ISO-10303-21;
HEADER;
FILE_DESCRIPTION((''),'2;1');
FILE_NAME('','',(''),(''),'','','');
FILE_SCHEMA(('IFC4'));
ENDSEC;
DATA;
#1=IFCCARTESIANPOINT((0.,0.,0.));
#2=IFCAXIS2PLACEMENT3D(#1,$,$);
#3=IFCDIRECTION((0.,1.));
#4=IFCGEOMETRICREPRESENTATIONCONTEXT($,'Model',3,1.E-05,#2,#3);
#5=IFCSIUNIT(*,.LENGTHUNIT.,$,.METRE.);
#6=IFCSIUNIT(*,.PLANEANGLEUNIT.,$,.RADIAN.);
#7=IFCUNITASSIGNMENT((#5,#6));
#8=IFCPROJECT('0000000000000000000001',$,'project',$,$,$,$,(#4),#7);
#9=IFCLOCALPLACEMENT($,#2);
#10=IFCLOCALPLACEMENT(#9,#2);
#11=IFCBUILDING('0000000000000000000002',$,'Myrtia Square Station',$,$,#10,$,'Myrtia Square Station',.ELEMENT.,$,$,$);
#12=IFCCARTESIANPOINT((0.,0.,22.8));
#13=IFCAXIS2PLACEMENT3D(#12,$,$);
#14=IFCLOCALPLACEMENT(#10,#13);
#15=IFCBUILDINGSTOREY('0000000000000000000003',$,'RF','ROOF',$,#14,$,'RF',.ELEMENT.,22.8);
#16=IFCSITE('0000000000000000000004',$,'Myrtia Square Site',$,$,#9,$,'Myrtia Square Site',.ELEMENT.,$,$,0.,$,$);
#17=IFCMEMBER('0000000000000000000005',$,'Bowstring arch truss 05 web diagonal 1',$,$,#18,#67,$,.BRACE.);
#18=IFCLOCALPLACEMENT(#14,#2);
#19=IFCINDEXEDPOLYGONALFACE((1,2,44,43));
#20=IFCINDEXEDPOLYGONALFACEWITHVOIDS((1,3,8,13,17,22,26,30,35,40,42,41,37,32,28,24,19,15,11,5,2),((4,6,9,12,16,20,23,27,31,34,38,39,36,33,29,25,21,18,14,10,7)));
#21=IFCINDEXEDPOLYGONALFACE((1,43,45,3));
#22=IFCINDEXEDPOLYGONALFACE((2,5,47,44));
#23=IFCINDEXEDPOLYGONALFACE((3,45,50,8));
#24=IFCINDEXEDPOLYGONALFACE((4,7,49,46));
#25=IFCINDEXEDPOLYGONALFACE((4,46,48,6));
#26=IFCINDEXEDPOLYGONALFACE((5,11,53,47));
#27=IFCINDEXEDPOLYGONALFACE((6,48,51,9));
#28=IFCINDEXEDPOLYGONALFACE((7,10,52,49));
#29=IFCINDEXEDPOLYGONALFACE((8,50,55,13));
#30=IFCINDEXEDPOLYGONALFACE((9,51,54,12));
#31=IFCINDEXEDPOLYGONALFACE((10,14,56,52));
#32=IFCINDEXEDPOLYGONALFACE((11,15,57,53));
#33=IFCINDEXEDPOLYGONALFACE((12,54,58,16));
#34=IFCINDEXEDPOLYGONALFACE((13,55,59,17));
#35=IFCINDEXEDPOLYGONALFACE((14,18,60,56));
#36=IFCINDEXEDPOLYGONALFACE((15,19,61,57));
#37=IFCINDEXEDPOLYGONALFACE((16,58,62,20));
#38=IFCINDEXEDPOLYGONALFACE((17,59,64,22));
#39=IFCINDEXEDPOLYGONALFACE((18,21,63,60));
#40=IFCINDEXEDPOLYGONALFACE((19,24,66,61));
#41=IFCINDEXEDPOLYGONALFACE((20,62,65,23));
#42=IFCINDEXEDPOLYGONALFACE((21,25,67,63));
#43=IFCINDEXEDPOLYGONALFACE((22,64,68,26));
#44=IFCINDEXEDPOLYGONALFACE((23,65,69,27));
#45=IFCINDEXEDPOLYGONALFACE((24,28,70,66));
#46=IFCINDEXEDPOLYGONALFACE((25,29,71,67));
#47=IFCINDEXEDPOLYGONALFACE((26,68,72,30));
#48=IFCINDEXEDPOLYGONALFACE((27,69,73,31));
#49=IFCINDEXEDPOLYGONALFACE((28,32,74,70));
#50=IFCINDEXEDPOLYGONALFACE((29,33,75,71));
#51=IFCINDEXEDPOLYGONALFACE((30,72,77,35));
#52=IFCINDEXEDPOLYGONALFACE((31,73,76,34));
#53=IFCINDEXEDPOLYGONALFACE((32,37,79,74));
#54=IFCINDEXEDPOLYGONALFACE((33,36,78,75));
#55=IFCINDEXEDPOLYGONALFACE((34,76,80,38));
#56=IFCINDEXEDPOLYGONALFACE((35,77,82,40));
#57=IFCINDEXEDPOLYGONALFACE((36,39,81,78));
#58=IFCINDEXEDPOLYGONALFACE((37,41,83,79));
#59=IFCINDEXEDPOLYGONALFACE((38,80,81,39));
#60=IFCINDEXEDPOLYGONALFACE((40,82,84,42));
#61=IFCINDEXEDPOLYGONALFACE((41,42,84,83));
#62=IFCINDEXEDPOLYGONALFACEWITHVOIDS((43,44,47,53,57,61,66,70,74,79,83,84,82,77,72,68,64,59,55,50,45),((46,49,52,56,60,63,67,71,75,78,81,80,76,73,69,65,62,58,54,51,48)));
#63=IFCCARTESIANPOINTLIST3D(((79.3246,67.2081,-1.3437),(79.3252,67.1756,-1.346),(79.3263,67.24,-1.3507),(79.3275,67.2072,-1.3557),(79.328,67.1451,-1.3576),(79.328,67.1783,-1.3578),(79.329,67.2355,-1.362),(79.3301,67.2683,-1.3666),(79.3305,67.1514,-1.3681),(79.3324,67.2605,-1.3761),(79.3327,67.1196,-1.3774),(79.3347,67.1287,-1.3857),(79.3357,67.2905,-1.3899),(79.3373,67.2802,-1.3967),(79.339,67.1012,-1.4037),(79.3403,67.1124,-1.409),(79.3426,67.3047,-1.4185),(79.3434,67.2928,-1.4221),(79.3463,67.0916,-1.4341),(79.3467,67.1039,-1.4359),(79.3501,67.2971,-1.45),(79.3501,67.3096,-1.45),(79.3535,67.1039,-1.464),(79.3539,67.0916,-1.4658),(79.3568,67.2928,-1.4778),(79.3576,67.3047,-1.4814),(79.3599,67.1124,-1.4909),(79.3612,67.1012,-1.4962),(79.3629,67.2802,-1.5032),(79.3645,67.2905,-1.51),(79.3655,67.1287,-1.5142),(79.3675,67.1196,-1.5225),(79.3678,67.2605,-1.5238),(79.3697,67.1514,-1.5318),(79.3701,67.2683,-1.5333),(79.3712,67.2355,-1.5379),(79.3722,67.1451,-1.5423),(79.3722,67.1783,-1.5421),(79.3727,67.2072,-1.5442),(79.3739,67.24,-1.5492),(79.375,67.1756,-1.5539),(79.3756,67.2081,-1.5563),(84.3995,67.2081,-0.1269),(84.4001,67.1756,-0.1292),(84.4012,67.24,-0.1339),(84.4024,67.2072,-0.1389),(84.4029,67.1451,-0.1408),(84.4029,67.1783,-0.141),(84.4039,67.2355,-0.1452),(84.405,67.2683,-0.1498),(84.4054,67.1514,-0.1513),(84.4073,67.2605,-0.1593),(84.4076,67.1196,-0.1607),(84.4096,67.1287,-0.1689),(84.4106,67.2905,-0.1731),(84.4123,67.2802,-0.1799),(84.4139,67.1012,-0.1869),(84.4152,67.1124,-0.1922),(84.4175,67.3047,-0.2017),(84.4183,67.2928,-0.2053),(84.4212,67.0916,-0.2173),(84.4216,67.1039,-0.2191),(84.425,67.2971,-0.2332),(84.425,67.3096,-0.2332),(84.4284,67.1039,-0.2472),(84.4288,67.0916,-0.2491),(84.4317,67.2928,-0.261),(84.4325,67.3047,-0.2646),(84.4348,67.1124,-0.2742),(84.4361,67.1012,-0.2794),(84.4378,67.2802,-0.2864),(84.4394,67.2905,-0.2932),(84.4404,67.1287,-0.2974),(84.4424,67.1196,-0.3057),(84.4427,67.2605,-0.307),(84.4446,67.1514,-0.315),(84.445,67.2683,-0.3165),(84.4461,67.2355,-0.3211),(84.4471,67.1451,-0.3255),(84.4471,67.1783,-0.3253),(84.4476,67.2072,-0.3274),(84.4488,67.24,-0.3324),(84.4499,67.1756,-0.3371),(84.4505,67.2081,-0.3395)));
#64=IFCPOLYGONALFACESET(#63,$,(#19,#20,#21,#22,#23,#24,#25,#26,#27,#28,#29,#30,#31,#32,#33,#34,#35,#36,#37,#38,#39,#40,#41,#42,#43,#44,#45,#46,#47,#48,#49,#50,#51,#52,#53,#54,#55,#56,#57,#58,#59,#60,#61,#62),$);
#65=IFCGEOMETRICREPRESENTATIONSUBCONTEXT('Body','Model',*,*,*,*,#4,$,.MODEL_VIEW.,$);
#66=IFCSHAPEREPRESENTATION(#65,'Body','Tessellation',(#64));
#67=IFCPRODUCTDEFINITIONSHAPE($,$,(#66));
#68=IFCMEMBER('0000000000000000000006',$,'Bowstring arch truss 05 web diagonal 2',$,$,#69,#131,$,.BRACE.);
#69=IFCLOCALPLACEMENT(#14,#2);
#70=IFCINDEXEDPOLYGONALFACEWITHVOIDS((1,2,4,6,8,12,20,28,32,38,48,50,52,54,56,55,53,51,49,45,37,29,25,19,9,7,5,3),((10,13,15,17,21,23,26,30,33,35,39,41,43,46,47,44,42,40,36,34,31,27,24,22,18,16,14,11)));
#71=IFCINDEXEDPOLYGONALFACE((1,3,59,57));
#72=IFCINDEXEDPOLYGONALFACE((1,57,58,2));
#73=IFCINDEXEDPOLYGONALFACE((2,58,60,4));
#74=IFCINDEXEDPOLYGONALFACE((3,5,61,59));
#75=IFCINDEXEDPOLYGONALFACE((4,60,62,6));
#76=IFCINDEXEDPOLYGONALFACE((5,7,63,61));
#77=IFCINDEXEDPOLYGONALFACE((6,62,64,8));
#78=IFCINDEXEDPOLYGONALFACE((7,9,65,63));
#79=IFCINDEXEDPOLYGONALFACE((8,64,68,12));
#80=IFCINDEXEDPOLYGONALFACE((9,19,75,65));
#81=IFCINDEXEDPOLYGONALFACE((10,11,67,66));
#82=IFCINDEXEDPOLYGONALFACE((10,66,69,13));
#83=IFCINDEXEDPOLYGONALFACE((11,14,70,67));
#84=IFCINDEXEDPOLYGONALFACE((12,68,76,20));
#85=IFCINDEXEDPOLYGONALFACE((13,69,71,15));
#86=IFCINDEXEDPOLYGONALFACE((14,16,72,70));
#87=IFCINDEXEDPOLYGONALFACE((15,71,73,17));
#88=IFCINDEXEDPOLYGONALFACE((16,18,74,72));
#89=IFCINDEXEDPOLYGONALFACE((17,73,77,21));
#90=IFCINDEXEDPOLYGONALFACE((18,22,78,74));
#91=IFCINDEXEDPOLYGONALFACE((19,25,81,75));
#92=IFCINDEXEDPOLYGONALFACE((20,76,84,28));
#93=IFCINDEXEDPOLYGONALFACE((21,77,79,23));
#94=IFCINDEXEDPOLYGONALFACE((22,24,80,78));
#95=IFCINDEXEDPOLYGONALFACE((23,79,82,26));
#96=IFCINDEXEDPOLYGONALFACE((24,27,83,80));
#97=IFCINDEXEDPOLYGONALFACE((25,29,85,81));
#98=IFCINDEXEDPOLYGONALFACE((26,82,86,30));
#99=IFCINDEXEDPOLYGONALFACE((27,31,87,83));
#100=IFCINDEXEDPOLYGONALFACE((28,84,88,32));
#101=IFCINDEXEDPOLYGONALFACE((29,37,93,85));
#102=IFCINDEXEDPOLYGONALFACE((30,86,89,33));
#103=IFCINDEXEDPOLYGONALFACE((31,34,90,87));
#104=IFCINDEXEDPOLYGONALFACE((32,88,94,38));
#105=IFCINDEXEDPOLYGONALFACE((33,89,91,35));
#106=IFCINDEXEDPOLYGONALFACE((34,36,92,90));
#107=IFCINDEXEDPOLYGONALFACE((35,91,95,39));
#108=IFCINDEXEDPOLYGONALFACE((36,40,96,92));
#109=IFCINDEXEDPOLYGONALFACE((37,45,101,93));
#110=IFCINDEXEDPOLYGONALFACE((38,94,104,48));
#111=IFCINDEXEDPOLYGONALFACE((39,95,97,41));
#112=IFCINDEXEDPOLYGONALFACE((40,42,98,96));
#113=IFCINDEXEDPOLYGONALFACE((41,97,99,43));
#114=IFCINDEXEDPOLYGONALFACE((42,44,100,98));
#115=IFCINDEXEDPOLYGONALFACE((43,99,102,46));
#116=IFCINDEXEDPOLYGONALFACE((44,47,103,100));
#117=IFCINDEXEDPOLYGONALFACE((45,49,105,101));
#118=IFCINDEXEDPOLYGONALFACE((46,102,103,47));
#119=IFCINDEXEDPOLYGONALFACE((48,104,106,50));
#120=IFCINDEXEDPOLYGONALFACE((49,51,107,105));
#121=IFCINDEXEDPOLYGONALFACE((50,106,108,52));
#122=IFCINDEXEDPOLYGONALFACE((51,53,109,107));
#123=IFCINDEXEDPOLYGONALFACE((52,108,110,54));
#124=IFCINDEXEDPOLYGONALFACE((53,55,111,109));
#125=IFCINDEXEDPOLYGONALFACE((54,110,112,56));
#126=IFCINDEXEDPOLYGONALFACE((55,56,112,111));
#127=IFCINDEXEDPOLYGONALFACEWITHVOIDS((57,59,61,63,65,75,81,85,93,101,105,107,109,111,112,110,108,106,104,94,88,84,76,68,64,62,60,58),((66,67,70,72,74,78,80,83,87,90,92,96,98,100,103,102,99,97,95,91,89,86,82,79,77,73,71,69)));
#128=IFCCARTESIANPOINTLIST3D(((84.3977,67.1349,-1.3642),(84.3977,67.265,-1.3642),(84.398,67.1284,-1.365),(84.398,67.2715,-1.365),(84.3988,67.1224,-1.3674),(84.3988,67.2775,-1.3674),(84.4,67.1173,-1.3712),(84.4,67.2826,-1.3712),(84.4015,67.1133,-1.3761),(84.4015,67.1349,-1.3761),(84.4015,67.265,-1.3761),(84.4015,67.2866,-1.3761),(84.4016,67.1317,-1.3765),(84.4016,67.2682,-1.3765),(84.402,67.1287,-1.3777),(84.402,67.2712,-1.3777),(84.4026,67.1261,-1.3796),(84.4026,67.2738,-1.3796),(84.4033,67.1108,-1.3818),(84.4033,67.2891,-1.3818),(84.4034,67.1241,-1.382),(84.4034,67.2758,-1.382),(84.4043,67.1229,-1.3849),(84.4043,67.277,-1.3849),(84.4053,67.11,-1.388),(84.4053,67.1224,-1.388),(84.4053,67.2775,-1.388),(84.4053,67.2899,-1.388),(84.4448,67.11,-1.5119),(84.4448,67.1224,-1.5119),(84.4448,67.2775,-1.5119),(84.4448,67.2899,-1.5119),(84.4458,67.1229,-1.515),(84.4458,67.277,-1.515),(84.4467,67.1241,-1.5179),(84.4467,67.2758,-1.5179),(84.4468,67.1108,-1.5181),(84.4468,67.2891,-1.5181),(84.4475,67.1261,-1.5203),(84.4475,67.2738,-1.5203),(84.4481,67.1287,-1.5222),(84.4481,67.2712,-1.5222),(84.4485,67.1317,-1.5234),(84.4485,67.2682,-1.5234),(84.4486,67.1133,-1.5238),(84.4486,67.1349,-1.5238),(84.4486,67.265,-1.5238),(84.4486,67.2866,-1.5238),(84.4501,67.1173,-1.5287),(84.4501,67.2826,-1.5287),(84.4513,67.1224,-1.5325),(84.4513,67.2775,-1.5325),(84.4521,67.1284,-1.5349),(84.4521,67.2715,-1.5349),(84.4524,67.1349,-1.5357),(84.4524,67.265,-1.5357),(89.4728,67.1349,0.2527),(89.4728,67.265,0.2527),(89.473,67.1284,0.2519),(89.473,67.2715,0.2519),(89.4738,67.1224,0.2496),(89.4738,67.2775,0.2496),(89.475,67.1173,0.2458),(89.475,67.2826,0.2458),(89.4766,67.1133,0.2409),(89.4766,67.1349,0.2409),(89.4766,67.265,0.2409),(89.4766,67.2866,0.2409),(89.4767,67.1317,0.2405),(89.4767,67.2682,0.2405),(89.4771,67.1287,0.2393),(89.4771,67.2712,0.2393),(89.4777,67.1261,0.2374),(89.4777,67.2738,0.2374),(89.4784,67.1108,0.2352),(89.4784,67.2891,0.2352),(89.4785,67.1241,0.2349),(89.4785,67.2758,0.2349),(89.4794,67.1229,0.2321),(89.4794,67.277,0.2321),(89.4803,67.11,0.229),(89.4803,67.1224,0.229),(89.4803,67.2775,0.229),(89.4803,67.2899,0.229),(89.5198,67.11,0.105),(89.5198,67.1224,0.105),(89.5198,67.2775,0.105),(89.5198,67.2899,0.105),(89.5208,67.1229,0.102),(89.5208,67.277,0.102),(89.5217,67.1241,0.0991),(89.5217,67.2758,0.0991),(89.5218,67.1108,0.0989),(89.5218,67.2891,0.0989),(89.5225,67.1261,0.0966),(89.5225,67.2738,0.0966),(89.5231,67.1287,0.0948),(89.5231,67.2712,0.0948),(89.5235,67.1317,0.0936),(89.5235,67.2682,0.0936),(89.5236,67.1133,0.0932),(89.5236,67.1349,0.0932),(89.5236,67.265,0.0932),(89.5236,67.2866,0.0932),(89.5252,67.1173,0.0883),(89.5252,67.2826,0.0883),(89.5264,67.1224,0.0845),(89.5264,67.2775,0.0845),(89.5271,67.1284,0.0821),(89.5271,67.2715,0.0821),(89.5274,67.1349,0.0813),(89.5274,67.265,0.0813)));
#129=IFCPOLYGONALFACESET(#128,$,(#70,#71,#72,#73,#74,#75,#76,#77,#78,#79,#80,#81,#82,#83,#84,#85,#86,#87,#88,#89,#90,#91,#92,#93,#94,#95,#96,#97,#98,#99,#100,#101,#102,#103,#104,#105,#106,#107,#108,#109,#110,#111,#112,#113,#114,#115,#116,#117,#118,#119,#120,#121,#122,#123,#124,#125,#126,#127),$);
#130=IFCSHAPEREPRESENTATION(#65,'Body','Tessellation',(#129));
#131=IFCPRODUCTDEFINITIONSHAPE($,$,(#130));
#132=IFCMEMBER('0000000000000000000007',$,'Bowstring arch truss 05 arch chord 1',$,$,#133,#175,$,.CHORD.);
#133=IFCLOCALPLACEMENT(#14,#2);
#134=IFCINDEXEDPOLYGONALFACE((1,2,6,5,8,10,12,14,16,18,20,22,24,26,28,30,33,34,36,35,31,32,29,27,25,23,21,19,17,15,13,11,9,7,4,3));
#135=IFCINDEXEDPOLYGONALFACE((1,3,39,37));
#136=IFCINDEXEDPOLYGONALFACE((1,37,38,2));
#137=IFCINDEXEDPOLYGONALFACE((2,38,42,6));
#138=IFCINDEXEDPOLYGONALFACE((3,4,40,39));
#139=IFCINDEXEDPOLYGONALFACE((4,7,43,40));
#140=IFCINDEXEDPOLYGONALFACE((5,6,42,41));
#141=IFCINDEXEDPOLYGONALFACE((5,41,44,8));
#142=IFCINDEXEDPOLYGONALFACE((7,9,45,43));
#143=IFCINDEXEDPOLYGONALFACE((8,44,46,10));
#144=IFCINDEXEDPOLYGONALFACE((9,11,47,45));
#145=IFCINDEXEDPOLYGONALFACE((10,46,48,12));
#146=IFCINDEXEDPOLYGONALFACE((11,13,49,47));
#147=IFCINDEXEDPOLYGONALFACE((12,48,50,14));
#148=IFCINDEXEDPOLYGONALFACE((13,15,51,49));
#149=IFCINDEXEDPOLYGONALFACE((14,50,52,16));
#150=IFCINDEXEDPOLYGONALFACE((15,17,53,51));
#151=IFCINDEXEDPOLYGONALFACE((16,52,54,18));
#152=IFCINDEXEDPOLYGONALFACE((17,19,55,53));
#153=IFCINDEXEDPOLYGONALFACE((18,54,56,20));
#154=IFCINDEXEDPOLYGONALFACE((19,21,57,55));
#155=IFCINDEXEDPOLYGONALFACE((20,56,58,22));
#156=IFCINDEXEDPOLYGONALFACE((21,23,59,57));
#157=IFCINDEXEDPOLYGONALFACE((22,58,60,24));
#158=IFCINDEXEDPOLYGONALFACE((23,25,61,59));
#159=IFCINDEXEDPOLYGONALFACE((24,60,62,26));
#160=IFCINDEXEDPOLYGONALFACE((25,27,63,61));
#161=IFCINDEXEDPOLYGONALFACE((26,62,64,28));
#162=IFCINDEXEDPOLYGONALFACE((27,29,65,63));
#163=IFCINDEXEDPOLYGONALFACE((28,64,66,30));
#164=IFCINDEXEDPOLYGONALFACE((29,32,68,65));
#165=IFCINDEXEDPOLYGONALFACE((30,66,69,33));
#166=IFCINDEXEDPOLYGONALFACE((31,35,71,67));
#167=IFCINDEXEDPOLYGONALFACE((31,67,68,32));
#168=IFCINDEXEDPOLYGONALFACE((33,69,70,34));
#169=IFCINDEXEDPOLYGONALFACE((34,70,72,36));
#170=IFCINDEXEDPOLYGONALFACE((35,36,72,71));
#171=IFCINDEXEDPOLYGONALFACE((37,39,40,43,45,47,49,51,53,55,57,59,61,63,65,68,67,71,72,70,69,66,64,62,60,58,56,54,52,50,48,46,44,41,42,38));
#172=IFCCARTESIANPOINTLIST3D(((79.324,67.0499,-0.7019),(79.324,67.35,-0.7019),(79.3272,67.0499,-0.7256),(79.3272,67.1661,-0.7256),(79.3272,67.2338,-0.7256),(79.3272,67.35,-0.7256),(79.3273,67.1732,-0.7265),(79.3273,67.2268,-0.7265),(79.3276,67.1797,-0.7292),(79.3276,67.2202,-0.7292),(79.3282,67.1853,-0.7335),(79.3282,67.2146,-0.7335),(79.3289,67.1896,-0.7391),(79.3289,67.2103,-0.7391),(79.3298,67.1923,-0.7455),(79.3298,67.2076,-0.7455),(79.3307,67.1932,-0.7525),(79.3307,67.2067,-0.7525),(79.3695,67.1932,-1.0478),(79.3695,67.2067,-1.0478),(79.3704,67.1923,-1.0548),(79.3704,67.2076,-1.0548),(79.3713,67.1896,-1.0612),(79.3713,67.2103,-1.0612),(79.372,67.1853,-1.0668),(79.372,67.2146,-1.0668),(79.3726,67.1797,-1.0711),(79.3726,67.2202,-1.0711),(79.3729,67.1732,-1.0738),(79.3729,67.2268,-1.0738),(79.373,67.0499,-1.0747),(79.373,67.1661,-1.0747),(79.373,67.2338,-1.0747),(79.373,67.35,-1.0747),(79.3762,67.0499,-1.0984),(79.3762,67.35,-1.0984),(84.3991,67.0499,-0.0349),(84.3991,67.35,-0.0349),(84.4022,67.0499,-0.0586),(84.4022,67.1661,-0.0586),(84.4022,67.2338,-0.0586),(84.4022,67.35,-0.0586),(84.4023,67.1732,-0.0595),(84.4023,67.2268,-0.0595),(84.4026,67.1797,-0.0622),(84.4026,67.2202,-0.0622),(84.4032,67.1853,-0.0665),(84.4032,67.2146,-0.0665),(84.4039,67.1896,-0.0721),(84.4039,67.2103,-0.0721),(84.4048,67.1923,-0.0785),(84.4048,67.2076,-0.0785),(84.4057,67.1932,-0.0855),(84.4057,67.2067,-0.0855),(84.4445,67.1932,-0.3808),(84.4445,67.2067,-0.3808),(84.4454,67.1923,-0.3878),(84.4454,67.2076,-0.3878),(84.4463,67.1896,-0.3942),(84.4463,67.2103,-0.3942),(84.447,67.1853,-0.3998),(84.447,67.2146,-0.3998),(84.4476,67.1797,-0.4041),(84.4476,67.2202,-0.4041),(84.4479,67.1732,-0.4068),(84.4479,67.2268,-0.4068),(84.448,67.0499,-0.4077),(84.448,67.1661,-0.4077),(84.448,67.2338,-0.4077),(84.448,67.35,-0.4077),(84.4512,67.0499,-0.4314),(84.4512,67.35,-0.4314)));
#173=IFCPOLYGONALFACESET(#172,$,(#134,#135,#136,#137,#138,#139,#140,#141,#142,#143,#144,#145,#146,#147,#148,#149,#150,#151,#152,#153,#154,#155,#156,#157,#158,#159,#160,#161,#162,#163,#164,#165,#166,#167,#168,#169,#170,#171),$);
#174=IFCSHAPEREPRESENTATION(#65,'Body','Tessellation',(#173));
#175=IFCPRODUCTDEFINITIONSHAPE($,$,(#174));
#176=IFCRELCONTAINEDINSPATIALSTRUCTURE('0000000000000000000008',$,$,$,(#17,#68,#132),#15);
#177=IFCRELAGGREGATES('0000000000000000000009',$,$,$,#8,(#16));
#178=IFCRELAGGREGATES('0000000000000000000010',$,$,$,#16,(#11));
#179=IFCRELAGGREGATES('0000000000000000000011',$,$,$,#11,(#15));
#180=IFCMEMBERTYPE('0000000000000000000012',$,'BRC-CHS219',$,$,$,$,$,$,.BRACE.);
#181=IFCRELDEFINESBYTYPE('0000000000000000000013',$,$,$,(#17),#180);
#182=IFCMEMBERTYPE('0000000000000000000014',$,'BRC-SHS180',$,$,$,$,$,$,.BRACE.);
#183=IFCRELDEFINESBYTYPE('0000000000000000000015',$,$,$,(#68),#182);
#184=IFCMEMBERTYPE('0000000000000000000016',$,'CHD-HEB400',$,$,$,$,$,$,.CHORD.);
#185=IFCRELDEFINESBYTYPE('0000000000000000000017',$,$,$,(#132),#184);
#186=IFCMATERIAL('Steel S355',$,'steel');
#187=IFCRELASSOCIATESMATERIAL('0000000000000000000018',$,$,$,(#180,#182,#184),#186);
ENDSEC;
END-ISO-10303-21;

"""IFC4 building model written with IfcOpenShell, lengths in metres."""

from ifc_helpers import new_model, si_unit, direction, frame, origin, origin_2d, place, context, subcontext, project, spatial, hollow_rectangle, hollow_circle, i_section, extrude, material, material_profile, profile_set, type_object, element, save


model = new_model("IFC4")

# Units and contexts
model_context = context("Model", 3, precision=1e-05, world=origin(), true_north=direction((0.0, 1.0)))
body_context = subcontext(model_context, "Body", "Model", "MODEL_VIEW")
ifc_project = project(units=[si_unit("LENGTHUNIT", "METRE"), si_unit("PLANEANGLEUNIT", "RADIAN")], contexts=[model_context])

# Site, building, storey
site_placement = place(None, origin())
site = spatial("IfcSite", under=ifc_project, at=site_placement, Name="Myrtia Square Site", LongName="Myrtia Square Site", CompositionType="ELEMENT", RefElevation=0.0)
building_placement = place(site_placement, origin())
building = spatial("IfcBuilding", under=site, at=building_placement, Name="Myrtia Square Station", LongName="Myrtia Square Station", CompositionType="ELEMENT")
storey_placement = place(building_placement, frame((0.0, 0.0, 22.8)))
storey = spatial("IfcBuildingStorey", under=building, at=storey_placement, Name="RF", Description="ROOF", LongName="RF", CompositionType="ELEMENT", Elevation=22.8)

# Members
ifc_material_1 = material(Name="Steel S355", Category="steel")
ifc_material_profile_1 = material_profile(ifc_material_1, hollow_circle(Radius=0.1096, WallThickness=0.0125, at=origin_2d()), Name="CHS 219.1x12.5")
ifc_profile_set_1 = profile_set([ifc_material_profile_1], Name="Steel S355")
member_type_1 = type_object("IfcMemberType", Name="BRC-CHS219", PredefinedType="BRACE", material=ifc_profile_set_1)
member_1_placement = place(storey_placement, frame((79.3501, 67.2, -1.45), z_axis=(0.972439, 0.0, 0.233157), x_axis=(0.0, 1.0, 0.0)))
element("IfcMember", 1, at=member_1_placement, inside=storey, type_object=member_type_1, Name="Bowstring arch truss 05 web diagonal 1", PredefinedType="BRACE", context=body_context, shape_type="SweptSolid", body=[
    extrude(hollow_circle(Radius=0.1096, WallThickness=0.0125, at=origin_2d()), origin(), (0.0, 0.0, 1.0), 5.2188),
])
ifc_material_profile_2 = material_profile(ifc_material_1, hollow_rectangle(XDim=0.1799, YDim=0.1799, WallThickness=0.0125, InnerFilletRadius=0.0125, OuterFilletRadius=0.0249, at=origin_2d()), Name="SHS 180x180x12.5")
ifc_profile_set_2 = profile_set([ifc_material_profile_2], Name="Steel S355")
member_type_2 = type_object("IfcMemberType", Name="BRC-SHS180", PredefinedType="BRACE", material=ifc_profile_set_2)
member_2_placement = place(storey_placement, frame((84.425, 67.2, -1.45), z_axis=(0.952807, 0.0, 0.303576), x_axis=(0.0, 1.0, 0.0)))
element("IfcMember", 2, at=member_2_placement, inside=storey, type_object=member_type_2, Name="Bowstring arch truss 05 web diagonal 2", PredefinedType="BRACE", context=body_context, shape_type="SweptSolid", body=[
    extrude(hollow_rectangle(XDim=0.1799, YDim=0.1799, WallThickness=0.0125, InnerFilletRadius=0.0125, OuterFilletRadius=0.0249, at=origin_2d()), origin(), (0.0, 0.0, 1.0), 5.3264),
])
ifc_material_profile_3 = material_profile(ifc_material_1, i_section(OverallWidth=0.3, OverallDepth=0.3999, WebThickness=0.0134, FlangeThickness=0.0239, FilletRadius=0.0271, at=origin_2d()), Name="HEB 400")
ifc_profile_set_3 = profile_set([ifc_material_profile_3], Name="Steel S355")
member_type_3 = type_object("IfcMemberType", Name="CHD-HEB400", PredefinedType="CHORD", material=ifc_profile_set_3)
member_3_placement = place(storey_placement, frame((79.3501, 67.2, -0.9001), z_axis=(0.991474, 0.0, 0.130308), x_axis=(0.0, 1.0, 0.0)))
element("IfcMember", 3, at=member_3_placement, inside=storey, type_object=member_type_3, Name="Bowstring arch truss 05 arch chord 1", PredefinedType="CHORD", context=body_context, shape_type="SweptSolid", body=[
    extrude(i_section(OverallWidth=0.3, OverallDepth=0.3999, WebThickness=0.0134, FlangeThickness=0.0239, FilletRadius=0.0271, at=origin_2d()), origin(), (0.0, 0.0, 1.0), 5.1187),
])

save(model, "model.ifc")
